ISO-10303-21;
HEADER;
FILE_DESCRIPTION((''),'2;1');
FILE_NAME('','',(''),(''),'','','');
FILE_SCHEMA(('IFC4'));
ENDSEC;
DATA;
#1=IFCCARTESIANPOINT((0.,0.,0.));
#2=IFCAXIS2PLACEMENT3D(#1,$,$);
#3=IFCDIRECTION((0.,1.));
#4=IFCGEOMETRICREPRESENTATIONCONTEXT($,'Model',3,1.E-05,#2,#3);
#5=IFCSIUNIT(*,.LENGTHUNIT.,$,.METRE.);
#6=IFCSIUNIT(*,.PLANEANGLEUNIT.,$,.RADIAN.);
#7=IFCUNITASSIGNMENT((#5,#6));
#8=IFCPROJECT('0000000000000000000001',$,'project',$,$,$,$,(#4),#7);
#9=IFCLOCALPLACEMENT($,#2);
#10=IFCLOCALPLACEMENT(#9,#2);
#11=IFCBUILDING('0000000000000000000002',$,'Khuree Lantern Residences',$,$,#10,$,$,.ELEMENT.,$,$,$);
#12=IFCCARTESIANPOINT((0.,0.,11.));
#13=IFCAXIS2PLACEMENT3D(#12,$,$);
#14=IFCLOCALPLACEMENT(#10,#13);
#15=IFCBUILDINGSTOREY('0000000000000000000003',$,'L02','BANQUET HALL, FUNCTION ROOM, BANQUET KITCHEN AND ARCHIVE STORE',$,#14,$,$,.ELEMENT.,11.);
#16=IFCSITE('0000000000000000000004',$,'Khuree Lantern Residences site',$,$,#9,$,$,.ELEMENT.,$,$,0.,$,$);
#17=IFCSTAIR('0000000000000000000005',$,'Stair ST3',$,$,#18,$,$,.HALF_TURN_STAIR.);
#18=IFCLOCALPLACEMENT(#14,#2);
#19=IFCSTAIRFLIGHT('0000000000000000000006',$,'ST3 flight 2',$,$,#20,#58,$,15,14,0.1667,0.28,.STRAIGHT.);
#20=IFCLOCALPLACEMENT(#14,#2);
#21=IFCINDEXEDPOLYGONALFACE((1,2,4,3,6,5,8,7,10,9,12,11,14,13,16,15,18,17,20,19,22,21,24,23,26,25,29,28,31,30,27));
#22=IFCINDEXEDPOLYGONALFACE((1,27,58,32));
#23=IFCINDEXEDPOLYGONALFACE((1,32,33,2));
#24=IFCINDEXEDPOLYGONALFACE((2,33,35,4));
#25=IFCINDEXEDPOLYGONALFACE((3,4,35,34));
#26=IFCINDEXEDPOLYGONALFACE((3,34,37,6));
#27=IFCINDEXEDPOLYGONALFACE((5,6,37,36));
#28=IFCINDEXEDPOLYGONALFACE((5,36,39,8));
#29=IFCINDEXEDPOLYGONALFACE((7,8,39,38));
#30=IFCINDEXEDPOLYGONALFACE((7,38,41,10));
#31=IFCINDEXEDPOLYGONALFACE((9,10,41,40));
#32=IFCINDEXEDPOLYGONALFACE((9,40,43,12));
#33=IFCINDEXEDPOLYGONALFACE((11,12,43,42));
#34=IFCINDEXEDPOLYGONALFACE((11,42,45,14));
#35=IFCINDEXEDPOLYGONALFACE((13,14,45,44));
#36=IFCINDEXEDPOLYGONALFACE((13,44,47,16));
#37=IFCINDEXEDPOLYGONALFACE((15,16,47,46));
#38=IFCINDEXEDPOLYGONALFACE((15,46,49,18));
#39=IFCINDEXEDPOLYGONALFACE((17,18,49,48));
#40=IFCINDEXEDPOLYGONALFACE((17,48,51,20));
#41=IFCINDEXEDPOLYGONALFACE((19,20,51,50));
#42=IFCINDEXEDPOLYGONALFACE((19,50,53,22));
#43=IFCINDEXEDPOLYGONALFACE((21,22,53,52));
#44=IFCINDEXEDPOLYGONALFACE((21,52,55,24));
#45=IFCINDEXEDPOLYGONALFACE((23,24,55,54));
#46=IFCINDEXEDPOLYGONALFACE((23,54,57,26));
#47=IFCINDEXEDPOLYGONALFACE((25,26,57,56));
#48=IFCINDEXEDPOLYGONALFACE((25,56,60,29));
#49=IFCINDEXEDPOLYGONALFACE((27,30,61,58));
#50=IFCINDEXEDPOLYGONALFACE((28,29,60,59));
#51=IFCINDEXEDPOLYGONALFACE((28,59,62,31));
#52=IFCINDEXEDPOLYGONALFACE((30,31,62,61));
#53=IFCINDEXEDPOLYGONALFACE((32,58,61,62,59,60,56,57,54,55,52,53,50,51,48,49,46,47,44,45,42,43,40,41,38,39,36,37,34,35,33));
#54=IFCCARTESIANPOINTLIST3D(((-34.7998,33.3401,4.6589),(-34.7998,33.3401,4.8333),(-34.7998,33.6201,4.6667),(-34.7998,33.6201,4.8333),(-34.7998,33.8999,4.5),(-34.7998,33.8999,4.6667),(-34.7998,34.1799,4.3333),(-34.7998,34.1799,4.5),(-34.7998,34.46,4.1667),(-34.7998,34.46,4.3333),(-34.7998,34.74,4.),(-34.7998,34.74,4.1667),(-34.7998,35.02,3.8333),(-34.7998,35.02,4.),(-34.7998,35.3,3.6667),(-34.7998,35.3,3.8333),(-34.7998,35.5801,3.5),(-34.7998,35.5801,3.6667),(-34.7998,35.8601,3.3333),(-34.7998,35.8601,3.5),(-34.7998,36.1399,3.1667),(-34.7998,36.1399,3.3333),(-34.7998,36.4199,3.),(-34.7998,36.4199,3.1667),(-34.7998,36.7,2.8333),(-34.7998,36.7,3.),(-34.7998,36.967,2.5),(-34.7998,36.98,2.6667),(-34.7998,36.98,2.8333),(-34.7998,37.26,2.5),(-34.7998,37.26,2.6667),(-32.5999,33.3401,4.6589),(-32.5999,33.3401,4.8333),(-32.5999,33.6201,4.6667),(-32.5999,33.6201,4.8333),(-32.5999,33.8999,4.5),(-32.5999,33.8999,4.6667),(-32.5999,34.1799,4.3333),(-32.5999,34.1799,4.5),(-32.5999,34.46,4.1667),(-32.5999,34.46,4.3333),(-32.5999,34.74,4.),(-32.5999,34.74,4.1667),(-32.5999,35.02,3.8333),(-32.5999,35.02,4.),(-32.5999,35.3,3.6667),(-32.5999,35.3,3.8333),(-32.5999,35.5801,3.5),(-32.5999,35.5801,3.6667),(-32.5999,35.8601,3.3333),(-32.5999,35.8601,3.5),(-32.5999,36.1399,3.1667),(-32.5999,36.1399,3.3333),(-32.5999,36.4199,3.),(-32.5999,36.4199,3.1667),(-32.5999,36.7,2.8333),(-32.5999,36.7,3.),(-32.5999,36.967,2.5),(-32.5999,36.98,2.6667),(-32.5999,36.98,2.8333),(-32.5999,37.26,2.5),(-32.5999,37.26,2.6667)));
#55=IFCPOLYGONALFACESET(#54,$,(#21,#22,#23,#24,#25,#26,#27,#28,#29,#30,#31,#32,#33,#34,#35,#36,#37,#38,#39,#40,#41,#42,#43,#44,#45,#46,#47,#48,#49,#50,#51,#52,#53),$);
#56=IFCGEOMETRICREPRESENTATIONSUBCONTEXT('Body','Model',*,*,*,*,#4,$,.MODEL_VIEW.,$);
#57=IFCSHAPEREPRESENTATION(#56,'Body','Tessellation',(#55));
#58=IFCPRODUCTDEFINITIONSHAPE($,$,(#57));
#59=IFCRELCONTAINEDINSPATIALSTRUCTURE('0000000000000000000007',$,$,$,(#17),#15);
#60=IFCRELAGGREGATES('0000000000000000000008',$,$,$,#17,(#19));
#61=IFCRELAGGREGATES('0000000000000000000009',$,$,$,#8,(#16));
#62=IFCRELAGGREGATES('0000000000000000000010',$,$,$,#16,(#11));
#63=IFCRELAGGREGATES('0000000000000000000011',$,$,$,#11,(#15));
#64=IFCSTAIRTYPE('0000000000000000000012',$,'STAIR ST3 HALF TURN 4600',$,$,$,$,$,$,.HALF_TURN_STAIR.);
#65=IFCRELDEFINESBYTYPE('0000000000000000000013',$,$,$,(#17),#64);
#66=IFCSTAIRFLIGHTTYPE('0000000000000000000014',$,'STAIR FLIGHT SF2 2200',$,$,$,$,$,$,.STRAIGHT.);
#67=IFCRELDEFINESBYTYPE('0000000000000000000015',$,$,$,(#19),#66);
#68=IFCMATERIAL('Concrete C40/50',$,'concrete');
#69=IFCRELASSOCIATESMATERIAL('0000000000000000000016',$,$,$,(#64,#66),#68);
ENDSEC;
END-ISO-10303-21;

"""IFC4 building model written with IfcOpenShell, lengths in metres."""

from ifc_helpers import new_model, si_unit, direction, frame, origin, place, context, subcontext, project, spatial, polyline, outline, extrude, material, type_object, element, aggregate, save


model = new_model("IFC4")

# Units and contexts
model_context = context("Model", 3, precision=1e-05, world=origin(), true_north=direction((0.0, 1.0)))
body_context = subcontext(model_context, "Body", "Model", "MODEL_VIEW")
ifc_project = project(units=[si_unit("LENGTHUNIT", "METRE"), si_unit("PLANEANGLEUNIT", "RADIAN")], contexts=[model_context])

# Site, building, storey
site_placement = place(None, origin())
site = spatial("IfcSite", under=ifc_project, at=site_placement, Name="Khuree Lantern Residences site", CompositionType="ELEMENT", RefElevation=0.0)
building_placement = place(site_placement, origin())
building = spatial("IfcBuilding", under=site, at=building_placement, Name="Khuree Lantern Residences", CompositionType="ELEMENT")
storey_placement = place(building_placement, frame((0.0, 0.0, 11.0)))
storey = spatial("IfcBuildingStorey", under=building, at=storey_placement, Name="L02", Description="BANQUET HALL, FUNCTION ROOM, BANQUET KITCHEN AND ARCHIVE STORE", CompositionType="ELEMENT", Elevation=11.0)

# Shared definitions
ifc_material_1 = material(Name="Concrete C40/50", Category="concrete")

# Stair, stair flight
stair_type = type_object("IfcStairType", Name="STAIR ST3 HALF TURN 4600", PredefinedType="HALF_TURN_STAIR", material=ifc_material_1)
stair_placement = place(storey_placement, origin())
stair = element("IfcStair", 1, at=stair_placement, inside=storey, type_object=stair_type, Name="Stair ST3", PredefinedType="HALF_TURN_STAIR")
stair_flight_type = type_object("IfcStairFlightType", Name="STAIR FLIGHT SF2 2200", PredefinedType="STRAIGHT", material=ifc_material_1)
stair_flight_1_placement = place(storey_placement, frame((-33.7, 37.26, 2.5), z_axis=(0.0, 0.0, 1.0), x_axis=(0.0, -1.0, 0.0)))
stair_flight_1 = element("IfcStairFlight", 2, at=stair_flight_1_placement, type_object=stair_flight_type, Name="ST3 flight 2", NumberOfRisers=15, NumberOfTreads=14, PredefinedType="STRAIGHT", RiserHeight=0.1667, TreadLength=0.28, context=body_context, shape_type="SweptSolid", body=[
    extrude(outline(polyline([(0.0, 0.0), (0.0, 0.1667), (0.28, 0.1667), (0.28, 0.3333), (0.5601, 0.3333), (0.5601, 0.5), (0.8401, 0.5), (0.8401, 0.6667), (1.1201, 0.6667), (1.1201, 0.8333), (1.3999, 0.8333), (1.3999, 1.0), (1.6799, 1.0), (1.6799, 1.1667), (1.96, 1.1667), (1.96, 1.3333), (2.24, 1.3333), (2.24, 1.5), (2.52, 1.5), (2.52, 1.6667), (2.8, 1.6667), (2.8, 1.8333), (3.0801, 1.8333), (3.0801, 2.0), (3.3601, 2.0), (3.3601, 2.1667), (3.6399, 2.1667), (3.6399, 2.3333), (3.9199, 2.3333), (3.9199, 2.5), (3.9199, 2.1589), (0.293, 0.0), (0.0, 0.0)])), frame((0.0, 1.1001, 0.0), z_axis=(0.0, -1.0, 0.0), x_axis=(1.0, 0.0, 0.0)), (0.0, 0.0, 1.0), 2.2),
])
aggregate(stair, [stair_flight_1])

save(model, "model.ifc")
